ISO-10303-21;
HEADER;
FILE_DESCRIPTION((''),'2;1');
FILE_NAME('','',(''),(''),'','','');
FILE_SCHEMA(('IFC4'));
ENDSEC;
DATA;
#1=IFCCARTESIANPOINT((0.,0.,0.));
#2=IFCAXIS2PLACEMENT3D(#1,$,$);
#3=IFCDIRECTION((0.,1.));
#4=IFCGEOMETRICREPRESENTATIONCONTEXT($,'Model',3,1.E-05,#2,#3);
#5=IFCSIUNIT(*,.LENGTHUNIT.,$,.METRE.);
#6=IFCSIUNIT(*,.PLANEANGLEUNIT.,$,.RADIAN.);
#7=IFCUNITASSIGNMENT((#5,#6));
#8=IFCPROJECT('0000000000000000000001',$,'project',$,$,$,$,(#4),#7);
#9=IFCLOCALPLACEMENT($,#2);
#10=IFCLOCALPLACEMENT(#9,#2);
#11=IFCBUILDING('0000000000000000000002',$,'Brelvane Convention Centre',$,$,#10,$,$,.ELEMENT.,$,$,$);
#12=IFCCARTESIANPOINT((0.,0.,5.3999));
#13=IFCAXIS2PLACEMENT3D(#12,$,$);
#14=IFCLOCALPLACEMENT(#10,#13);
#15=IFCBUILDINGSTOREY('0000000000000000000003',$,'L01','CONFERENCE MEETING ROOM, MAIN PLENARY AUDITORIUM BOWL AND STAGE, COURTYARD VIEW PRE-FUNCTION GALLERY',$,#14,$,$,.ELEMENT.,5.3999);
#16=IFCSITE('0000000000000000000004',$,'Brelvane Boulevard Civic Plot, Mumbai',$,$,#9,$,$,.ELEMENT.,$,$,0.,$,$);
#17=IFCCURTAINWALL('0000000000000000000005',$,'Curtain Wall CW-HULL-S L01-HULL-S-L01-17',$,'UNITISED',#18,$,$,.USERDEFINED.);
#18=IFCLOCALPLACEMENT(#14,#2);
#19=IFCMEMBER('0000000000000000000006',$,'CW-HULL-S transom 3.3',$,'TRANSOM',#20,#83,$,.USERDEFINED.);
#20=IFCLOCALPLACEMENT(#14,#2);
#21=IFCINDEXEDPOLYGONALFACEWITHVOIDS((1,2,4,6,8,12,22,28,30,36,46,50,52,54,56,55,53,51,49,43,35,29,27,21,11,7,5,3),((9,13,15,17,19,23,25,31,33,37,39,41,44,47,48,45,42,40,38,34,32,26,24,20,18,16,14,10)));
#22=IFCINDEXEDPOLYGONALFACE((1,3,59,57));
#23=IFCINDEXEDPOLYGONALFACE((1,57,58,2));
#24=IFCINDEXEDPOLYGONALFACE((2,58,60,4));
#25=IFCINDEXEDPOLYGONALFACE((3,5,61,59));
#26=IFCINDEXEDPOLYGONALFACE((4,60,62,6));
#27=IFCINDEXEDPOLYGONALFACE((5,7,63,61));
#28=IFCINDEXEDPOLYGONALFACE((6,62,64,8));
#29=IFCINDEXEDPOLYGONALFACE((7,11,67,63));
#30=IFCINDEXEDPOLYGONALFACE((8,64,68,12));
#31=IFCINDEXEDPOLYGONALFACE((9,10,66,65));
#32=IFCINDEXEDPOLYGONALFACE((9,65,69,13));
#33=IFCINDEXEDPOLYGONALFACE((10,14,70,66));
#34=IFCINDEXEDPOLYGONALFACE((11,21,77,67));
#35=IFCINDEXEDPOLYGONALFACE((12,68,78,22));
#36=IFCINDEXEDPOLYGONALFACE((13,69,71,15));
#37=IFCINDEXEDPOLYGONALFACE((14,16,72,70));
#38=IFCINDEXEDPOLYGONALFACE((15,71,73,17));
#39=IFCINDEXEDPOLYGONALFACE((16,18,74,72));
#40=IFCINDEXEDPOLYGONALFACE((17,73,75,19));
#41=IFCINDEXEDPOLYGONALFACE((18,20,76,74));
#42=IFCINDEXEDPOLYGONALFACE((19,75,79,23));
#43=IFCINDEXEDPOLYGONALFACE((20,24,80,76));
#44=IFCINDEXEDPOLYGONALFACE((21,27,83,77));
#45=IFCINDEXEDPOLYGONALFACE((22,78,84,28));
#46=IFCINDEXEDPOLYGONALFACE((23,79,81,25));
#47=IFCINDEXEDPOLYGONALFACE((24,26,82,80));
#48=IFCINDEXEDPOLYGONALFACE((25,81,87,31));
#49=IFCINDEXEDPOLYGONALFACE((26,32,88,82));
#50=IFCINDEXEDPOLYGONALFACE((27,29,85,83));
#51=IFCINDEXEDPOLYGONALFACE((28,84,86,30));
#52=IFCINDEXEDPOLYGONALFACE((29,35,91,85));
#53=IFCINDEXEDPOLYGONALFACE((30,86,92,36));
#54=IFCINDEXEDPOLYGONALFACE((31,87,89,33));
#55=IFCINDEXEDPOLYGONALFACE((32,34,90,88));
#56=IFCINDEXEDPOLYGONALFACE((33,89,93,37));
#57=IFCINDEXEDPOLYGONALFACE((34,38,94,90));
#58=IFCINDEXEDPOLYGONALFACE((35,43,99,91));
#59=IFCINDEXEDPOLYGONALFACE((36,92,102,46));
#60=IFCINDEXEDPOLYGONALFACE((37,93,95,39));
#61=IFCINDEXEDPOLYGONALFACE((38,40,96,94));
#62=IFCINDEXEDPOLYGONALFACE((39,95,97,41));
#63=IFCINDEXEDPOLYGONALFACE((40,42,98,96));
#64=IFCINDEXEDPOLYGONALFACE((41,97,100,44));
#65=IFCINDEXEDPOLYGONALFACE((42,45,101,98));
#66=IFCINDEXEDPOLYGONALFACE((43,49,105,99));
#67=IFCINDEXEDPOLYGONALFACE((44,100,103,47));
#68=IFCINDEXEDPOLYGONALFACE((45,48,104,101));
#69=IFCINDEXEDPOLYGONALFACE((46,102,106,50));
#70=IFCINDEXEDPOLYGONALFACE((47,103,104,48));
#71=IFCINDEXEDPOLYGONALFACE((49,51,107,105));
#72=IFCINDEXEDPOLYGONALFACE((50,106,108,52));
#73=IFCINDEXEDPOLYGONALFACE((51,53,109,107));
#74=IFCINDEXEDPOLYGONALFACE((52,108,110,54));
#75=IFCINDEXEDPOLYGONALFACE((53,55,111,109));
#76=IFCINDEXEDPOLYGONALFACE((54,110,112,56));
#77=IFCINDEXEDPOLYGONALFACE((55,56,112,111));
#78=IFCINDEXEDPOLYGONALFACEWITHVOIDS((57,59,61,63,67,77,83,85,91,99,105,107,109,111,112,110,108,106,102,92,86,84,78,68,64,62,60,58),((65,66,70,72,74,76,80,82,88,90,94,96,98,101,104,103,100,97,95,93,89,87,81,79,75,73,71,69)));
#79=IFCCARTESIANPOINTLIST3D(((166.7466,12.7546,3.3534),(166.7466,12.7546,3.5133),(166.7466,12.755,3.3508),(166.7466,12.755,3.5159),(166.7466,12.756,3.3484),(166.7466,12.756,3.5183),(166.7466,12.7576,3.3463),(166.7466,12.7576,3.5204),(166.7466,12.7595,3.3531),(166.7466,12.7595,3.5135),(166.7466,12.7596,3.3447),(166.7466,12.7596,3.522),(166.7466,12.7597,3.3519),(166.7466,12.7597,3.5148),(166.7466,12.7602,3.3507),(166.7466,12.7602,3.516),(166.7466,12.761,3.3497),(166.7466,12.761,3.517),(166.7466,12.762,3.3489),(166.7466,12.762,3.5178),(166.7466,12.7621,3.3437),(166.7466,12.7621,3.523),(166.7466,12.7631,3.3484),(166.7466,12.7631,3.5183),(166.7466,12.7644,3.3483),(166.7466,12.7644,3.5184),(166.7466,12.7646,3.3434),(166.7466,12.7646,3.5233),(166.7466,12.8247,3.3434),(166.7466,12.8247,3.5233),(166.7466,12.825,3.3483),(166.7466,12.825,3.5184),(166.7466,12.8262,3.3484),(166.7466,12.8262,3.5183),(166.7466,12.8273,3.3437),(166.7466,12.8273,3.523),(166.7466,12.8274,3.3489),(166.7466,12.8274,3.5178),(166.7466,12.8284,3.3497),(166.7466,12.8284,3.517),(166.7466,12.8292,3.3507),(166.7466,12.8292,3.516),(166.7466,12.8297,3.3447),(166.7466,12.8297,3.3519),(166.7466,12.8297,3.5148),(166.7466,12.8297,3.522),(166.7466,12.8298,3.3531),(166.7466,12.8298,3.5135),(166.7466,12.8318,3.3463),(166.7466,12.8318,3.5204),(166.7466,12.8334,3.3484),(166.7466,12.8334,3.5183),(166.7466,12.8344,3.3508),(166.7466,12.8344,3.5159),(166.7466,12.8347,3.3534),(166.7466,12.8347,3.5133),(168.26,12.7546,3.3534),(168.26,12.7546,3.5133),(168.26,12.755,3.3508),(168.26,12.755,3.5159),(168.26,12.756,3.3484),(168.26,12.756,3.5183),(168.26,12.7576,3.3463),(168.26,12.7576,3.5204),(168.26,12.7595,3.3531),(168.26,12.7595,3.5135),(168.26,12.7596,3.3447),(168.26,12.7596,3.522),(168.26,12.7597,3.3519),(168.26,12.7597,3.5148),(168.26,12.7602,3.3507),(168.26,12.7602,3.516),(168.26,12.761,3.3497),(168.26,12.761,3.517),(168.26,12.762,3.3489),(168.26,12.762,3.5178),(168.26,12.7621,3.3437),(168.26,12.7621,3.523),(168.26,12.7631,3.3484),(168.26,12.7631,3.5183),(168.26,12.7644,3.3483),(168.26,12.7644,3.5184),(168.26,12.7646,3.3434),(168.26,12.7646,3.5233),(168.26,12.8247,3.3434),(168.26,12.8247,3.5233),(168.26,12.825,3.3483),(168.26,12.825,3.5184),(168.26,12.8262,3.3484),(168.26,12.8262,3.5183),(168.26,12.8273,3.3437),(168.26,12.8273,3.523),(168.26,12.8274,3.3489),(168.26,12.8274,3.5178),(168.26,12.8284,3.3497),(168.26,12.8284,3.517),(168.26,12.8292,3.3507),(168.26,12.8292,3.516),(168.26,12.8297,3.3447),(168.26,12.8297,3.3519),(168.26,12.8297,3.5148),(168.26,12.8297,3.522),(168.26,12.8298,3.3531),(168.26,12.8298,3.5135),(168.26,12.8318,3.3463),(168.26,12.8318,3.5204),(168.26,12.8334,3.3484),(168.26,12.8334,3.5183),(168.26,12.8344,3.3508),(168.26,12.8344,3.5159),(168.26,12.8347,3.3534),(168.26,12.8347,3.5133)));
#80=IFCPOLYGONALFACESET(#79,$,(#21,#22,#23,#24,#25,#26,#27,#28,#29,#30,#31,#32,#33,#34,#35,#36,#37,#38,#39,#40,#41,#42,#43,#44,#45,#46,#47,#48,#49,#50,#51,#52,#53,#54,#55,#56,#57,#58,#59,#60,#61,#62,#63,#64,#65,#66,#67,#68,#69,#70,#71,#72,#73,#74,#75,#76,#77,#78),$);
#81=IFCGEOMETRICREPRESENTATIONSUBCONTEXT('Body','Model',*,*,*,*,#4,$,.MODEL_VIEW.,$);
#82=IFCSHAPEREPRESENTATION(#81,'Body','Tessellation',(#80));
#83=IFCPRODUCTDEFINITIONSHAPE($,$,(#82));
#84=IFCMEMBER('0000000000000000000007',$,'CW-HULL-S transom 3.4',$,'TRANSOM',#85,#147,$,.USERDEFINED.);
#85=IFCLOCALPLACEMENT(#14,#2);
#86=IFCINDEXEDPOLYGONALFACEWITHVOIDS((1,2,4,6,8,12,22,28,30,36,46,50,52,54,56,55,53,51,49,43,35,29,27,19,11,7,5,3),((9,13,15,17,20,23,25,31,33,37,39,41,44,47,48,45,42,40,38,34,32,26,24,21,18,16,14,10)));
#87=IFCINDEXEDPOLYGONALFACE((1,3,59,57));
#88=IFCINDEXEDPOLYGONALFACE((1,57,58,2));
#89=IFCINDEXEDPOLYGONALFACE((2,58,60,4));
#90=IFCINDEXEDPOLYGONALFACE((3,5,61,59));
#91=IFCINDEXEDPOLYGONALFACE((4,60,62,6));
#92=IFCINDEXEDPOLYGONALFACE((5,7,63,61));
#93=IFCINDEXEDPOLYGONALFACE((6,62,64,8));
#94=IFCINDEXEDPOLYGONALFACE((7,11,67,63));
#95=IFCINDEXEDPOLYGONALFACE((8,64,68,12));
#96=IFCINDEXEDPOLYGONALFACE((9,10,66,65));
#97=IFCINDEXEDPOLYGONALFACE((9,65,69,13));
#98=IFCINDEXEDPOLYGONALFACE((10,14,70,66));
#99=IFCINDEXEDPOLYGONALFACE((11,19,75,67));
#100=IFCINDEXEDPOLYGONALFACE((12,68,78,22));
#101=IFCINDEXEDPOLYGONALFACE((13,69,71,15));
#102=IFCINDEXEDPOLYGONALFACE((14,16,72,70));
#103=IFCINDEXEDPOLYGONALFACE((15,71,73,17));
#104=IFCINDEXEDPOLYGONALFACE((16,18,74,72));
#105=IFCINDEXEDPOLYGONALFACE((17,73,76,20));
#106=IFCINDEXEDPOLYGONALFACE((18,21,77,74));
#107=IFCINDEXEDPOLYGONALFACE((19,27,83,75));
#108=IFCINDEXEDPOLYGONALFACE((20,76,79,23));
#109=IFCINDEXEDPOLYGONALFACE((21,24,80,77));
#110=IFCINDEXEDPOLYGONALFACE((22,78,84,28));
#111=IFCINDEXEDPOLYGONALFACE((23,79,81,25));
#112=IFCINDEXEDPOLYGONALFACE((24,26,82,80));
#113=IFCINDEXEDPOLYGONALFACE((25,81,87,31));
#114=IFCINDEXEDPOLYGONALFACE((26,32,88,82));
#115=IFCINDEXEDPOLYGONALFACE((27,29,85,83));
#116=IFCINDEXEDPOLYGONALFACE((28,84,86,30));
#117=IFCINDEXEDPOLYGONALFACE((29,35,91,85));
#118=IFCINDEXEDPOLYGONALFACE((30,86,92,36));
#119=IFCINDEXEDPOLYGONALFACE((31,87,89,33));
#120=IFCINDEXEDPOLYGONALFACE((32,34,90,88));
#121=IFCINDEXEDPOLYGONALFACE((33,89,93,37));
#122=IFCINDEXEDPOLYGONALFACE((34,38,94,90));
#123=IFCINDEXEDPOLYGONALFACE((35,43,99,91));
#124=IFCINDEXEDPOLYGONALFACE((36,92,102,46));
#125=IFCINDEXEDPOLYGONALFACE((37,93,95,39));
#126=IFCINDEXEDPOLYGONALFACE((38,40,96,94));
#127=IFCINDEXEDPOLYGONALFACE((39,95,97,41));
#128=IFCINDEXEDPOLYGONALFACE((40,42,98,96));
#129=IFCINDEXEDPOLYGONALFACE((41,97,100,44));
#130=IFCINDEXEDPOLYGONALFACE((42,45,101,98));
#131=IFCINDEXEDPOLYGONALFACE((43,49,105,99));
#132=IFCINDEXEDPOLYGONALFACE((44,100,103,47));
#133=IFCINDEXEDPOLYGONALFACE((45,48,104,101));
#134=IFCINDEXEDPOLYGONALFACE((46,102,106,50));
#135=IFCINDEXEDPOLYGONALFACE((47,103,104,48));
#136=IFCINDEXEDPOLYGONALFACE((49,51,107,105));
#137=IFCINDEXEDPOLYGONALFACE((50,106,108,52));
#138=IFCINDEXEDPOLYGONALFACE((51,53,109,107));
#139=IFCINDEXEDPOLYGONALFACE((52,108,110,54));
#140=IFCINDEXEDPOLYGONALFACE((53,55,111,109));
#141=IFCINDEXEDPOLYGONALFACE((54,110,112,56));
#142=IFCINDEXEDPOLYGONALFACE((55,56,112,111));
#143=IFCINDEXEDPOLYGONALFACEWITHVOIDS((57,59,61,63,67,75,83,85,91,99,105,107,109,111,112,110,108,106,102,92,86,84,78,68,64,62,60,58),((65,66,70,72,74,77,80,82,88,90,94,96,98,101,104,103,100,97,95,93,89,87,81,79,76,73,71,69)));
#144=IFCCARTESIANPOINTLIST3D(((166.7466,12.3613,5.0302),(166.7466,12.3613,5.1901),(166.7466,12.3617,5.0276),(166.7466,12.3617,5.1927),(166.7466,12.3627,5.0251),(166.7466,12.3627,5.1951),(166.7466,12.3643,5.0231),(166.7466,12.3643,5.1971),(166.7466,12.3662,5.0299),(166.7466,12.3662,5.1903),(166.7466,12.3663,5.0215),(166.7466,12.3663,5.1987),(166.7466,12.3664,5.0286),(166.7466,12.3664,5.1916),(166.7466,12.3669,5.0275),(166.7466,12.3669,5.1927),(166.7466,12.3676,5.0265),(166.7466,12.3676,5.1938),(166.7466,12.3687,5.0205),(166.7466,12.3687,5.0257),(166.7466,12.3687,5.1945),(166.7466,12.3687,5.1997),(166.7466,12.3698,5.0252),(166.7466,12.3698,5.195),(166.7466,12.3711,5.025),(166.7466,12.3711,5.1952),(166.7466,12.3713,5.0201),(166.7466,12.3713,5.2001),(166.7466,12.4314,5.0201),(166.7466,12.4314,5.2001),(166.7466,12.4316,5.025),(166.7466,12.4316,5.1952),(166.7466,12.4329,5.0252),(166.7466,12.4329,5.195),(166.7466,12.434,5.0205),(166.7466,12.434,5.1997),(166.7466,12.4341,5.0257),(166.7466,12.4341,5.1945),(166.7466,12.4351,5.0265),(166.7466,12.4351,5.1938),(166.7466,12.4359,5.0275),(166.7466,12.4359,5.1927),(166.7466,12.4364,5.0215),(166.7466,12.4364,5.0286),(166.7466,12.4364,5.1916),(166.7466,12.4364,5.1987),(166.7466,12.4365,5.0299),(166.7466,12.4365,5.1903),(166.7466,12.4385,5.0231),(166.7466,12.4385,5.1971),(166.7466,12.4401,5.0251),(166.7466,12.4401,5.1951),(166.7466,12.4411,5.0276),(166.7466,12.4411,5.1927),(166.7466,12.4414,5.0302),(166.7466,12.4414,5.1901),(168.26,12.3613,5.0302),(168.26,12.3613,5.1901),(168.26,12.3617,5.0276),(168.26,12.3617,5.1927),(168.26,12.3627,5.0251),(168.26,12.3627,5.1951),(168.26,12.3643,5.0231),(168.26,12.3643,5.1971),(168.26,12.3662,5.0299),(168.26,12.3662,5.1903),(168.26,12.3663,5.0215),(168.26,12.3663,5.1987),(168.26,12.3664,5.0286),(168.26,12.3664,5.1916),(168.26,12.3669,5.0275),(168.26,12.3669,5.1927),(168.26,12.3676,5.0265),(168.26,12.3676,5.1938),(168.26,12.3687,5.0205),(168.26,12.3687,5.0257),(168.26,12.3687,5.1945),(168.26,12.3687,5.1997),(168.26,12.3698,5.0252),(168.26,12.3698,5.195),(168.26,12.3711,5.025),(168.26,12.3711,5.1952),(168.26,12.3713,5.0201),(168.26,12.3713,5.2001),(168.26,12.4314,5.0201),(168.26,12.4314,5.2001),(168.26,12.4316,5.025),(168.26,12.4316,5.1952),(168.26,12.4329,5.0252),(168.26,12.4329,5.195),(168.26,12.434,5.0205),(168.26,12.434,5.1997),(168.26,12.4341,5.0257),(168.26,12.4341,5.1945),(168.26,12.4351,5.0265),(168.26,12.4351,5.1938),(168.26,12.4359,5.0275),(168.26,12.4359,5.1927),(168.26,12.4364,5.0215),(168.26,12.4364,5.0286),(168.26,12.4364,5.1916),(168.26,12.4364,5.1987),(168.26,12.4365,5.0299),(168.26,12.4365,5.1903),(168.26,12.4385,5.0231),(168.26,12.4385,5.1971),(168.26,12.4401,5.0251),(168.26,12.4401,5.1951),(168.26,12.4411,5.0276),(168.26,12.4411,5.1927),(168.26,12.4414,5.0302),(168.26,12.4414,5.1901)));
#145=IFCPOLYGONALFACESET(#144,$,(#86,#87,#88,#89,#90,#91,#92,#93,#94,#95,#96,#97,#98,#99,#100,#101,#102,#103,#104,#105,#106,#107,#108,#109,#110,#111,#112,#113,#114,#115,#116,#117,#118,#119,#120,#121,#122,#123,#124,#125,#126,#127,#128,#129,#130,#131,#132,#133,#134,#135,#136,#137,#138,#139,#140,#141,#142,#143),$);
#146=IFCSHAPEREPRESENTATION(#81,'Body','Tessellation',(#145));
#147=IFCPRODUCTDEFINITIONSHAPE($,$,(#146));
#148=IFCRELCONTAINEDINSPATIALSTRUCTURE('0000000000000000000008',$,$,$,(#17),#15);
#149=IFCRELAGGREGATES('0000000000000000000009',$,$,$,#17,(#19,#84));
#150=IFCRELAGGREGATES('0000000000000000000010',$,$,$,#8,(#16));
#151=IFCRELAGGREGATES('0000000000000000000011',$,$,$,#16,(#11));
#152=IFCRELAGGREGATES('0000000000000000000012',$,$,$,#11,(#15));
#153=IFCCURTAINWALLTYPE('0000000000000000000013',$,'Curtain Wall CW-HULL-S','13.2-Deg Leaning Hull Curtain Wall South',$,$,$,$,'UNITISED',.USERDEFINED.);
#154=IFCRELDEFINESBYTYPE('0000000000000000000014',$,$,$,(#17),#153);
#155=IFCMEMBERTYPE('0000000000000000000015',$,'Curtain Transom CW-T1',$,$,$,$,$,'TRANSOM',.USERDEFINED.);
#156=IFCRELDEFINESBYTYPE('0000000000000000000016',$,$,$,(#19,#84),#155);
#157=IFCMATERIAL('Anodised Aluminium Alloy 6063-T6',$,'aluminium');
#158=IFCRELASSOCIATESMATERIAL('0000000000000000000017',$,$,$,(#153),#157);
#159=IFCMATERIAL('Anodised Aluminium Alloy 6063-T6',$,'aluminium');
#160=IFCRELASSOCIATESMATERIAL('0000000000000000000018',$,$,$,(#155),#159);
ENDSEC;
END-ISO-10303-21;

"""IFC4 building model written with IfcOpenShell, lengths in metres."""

from ifc_helpers import new_model, si_unit, direction, frame, origin, origin_2d, place, context, subcontext, project, spatial, hollow_rectangle, extrude, material, material_profile, profile_set, type_object, element, aggregate, save


model = new_model("IFC4")

# Units and contexts
model_context = context("Model", 3, precision=1e-05, world=origin(), true_north=direction((0.0, 1.0)))
body_context = subcontext(model_context, "Body", "Model", "MODEL_VIEW")
ifc_project = project(units=[si_unit("LENGTHUNIT", "METRE"), si_unit("PLANEANGLEUNIT", "RADIAN")], contexts=[model_context])

# Site, building, storey
site_placement = place(None, origin())
site = spatial("IfcSite", under=ifc_project, at=site_placement, Name="Brelvane Boulevard Civic Plot, Mumbai", CompositionType="ELEMENT", RefElevation=0.0)
building_placement = place(site_placement, origin())
building = spatial("IfcBuilding", under=site, at=building_placement, Name="Brelvane Convention Centre", CompositionType="ELEMENT")
storey_placement = place(building_placement, frame((0.0, 0.0, 5.3999)))
storey = spatial("IfcBuildingStorey", under=building, at=storey_placement, Name="L01", Description="CONFERENCE MEETING ROOM, MAIN PLENARY AUDITORIUM BOWL AND STAGE, COURTYARD VIEW PRE-FUNCTION GALLERY", CompositionType="ELEMENT", Elevation=5.3999)

# Curtain wall, members
ifc_material_1 = material(Name="Anodised Aluminium Alloy 6063-T6", Category="aluminium")
curtain_wall_type = type_object("IfcCurtainWallType", Name="Curtain Wall CW-HULL-S", Description="13.2-Deg Leaning Hull Curtain Wall South", ElementType="UNITISED", PredefinedType="USERDEFINED", material=ifc_material_1)
ifc_material_2 = material(Name="Anodised Aluminium Alloy 6063-T6", Category="aluminium")
ifc_material_profile = material_profile(ifc_material_2, hollow_rectangle(XDim=0.0801, YDim=0.1799, WallThickness=0.0049, InnerFilletRadius=0.0049, OuterFilletRadius=0.01, at=origin_2d()), Name="ALU-T 180x80x5.0")
ifc_profile_set = profile_set([ifc_material_profile], Name="Anodised Aluminium Alloy 6063-T6")
member_type = type_object("IfcMemberType", Name="Curtain Transom CW-T1", ElementType="TRANSOM", PredefinedType="USERDEFINED", material=ifc_profile_set)
curtain_wall_1_placement = place(storey_placement, origin())
curtain_wall_1 = element("IfcCurtainWall", 1, at=curtain_wall_1_placement, inside=storey, type_object=curtain_wall_type, Name="Curtain Wall CW-HULL-S L01-HULL-S-L01-17", ObjectType="UNITISED", PredefinedType="USERDEFINED")
member_1_placement = place(storey_placement, frame((166.7466, 12.7947, 3.4333), z_axis=(1.0, 0.0, 0.0), x_axis=(0.0, 1.0, 0.0)))
member_1 = element("IfcMember", 2, at=member_1_placement, type_object=member_type, Name="CW-HULL-S transom 3.3", ObjectType="TRANSOM", PredefinedType="USERDEFINED", context=body_context, shape_type="SweptSolid", body=[
    extrude(hollow_rectangle(XDim=0.0801, YDim=0.1799, WallThickness=0.0049, InnerFilletRadius=0.0049, OuterFilletRadius=0.01, at=origin_2d()), origin(), (0.0, 0.0, 1.0), 1.5134),
])
member_2_placement = place(storey_placement, frame((166.7466, 12.4014, 5.1101), z_axis=(1.0, 0.0, 0.0), x_axis=(0.0, 1.0, 0.0)))
member_2 = element("IfcMember", 3, at=member_2_placement, type_object=member_type, Name="CW-HULL-S transom 3.4", ObjectType="TRANSOM", PredefinedType="USERDEFINED", context=body_context, shape_type="SweptSolid", body=[
    extrude(hollow_rectangle(XDim=0.0801, YDim=0.1799, WallThickness=0.0049, InnerFilletRadius=0.0049, OuterFilletRadius=0.01, at=origin_2d()), origin(), (0.0, 0.0, 1.0), 1.5134),
])

aggregate(curtain_wall_1, [member_1, member_2])

save(model, "model.ifc")
